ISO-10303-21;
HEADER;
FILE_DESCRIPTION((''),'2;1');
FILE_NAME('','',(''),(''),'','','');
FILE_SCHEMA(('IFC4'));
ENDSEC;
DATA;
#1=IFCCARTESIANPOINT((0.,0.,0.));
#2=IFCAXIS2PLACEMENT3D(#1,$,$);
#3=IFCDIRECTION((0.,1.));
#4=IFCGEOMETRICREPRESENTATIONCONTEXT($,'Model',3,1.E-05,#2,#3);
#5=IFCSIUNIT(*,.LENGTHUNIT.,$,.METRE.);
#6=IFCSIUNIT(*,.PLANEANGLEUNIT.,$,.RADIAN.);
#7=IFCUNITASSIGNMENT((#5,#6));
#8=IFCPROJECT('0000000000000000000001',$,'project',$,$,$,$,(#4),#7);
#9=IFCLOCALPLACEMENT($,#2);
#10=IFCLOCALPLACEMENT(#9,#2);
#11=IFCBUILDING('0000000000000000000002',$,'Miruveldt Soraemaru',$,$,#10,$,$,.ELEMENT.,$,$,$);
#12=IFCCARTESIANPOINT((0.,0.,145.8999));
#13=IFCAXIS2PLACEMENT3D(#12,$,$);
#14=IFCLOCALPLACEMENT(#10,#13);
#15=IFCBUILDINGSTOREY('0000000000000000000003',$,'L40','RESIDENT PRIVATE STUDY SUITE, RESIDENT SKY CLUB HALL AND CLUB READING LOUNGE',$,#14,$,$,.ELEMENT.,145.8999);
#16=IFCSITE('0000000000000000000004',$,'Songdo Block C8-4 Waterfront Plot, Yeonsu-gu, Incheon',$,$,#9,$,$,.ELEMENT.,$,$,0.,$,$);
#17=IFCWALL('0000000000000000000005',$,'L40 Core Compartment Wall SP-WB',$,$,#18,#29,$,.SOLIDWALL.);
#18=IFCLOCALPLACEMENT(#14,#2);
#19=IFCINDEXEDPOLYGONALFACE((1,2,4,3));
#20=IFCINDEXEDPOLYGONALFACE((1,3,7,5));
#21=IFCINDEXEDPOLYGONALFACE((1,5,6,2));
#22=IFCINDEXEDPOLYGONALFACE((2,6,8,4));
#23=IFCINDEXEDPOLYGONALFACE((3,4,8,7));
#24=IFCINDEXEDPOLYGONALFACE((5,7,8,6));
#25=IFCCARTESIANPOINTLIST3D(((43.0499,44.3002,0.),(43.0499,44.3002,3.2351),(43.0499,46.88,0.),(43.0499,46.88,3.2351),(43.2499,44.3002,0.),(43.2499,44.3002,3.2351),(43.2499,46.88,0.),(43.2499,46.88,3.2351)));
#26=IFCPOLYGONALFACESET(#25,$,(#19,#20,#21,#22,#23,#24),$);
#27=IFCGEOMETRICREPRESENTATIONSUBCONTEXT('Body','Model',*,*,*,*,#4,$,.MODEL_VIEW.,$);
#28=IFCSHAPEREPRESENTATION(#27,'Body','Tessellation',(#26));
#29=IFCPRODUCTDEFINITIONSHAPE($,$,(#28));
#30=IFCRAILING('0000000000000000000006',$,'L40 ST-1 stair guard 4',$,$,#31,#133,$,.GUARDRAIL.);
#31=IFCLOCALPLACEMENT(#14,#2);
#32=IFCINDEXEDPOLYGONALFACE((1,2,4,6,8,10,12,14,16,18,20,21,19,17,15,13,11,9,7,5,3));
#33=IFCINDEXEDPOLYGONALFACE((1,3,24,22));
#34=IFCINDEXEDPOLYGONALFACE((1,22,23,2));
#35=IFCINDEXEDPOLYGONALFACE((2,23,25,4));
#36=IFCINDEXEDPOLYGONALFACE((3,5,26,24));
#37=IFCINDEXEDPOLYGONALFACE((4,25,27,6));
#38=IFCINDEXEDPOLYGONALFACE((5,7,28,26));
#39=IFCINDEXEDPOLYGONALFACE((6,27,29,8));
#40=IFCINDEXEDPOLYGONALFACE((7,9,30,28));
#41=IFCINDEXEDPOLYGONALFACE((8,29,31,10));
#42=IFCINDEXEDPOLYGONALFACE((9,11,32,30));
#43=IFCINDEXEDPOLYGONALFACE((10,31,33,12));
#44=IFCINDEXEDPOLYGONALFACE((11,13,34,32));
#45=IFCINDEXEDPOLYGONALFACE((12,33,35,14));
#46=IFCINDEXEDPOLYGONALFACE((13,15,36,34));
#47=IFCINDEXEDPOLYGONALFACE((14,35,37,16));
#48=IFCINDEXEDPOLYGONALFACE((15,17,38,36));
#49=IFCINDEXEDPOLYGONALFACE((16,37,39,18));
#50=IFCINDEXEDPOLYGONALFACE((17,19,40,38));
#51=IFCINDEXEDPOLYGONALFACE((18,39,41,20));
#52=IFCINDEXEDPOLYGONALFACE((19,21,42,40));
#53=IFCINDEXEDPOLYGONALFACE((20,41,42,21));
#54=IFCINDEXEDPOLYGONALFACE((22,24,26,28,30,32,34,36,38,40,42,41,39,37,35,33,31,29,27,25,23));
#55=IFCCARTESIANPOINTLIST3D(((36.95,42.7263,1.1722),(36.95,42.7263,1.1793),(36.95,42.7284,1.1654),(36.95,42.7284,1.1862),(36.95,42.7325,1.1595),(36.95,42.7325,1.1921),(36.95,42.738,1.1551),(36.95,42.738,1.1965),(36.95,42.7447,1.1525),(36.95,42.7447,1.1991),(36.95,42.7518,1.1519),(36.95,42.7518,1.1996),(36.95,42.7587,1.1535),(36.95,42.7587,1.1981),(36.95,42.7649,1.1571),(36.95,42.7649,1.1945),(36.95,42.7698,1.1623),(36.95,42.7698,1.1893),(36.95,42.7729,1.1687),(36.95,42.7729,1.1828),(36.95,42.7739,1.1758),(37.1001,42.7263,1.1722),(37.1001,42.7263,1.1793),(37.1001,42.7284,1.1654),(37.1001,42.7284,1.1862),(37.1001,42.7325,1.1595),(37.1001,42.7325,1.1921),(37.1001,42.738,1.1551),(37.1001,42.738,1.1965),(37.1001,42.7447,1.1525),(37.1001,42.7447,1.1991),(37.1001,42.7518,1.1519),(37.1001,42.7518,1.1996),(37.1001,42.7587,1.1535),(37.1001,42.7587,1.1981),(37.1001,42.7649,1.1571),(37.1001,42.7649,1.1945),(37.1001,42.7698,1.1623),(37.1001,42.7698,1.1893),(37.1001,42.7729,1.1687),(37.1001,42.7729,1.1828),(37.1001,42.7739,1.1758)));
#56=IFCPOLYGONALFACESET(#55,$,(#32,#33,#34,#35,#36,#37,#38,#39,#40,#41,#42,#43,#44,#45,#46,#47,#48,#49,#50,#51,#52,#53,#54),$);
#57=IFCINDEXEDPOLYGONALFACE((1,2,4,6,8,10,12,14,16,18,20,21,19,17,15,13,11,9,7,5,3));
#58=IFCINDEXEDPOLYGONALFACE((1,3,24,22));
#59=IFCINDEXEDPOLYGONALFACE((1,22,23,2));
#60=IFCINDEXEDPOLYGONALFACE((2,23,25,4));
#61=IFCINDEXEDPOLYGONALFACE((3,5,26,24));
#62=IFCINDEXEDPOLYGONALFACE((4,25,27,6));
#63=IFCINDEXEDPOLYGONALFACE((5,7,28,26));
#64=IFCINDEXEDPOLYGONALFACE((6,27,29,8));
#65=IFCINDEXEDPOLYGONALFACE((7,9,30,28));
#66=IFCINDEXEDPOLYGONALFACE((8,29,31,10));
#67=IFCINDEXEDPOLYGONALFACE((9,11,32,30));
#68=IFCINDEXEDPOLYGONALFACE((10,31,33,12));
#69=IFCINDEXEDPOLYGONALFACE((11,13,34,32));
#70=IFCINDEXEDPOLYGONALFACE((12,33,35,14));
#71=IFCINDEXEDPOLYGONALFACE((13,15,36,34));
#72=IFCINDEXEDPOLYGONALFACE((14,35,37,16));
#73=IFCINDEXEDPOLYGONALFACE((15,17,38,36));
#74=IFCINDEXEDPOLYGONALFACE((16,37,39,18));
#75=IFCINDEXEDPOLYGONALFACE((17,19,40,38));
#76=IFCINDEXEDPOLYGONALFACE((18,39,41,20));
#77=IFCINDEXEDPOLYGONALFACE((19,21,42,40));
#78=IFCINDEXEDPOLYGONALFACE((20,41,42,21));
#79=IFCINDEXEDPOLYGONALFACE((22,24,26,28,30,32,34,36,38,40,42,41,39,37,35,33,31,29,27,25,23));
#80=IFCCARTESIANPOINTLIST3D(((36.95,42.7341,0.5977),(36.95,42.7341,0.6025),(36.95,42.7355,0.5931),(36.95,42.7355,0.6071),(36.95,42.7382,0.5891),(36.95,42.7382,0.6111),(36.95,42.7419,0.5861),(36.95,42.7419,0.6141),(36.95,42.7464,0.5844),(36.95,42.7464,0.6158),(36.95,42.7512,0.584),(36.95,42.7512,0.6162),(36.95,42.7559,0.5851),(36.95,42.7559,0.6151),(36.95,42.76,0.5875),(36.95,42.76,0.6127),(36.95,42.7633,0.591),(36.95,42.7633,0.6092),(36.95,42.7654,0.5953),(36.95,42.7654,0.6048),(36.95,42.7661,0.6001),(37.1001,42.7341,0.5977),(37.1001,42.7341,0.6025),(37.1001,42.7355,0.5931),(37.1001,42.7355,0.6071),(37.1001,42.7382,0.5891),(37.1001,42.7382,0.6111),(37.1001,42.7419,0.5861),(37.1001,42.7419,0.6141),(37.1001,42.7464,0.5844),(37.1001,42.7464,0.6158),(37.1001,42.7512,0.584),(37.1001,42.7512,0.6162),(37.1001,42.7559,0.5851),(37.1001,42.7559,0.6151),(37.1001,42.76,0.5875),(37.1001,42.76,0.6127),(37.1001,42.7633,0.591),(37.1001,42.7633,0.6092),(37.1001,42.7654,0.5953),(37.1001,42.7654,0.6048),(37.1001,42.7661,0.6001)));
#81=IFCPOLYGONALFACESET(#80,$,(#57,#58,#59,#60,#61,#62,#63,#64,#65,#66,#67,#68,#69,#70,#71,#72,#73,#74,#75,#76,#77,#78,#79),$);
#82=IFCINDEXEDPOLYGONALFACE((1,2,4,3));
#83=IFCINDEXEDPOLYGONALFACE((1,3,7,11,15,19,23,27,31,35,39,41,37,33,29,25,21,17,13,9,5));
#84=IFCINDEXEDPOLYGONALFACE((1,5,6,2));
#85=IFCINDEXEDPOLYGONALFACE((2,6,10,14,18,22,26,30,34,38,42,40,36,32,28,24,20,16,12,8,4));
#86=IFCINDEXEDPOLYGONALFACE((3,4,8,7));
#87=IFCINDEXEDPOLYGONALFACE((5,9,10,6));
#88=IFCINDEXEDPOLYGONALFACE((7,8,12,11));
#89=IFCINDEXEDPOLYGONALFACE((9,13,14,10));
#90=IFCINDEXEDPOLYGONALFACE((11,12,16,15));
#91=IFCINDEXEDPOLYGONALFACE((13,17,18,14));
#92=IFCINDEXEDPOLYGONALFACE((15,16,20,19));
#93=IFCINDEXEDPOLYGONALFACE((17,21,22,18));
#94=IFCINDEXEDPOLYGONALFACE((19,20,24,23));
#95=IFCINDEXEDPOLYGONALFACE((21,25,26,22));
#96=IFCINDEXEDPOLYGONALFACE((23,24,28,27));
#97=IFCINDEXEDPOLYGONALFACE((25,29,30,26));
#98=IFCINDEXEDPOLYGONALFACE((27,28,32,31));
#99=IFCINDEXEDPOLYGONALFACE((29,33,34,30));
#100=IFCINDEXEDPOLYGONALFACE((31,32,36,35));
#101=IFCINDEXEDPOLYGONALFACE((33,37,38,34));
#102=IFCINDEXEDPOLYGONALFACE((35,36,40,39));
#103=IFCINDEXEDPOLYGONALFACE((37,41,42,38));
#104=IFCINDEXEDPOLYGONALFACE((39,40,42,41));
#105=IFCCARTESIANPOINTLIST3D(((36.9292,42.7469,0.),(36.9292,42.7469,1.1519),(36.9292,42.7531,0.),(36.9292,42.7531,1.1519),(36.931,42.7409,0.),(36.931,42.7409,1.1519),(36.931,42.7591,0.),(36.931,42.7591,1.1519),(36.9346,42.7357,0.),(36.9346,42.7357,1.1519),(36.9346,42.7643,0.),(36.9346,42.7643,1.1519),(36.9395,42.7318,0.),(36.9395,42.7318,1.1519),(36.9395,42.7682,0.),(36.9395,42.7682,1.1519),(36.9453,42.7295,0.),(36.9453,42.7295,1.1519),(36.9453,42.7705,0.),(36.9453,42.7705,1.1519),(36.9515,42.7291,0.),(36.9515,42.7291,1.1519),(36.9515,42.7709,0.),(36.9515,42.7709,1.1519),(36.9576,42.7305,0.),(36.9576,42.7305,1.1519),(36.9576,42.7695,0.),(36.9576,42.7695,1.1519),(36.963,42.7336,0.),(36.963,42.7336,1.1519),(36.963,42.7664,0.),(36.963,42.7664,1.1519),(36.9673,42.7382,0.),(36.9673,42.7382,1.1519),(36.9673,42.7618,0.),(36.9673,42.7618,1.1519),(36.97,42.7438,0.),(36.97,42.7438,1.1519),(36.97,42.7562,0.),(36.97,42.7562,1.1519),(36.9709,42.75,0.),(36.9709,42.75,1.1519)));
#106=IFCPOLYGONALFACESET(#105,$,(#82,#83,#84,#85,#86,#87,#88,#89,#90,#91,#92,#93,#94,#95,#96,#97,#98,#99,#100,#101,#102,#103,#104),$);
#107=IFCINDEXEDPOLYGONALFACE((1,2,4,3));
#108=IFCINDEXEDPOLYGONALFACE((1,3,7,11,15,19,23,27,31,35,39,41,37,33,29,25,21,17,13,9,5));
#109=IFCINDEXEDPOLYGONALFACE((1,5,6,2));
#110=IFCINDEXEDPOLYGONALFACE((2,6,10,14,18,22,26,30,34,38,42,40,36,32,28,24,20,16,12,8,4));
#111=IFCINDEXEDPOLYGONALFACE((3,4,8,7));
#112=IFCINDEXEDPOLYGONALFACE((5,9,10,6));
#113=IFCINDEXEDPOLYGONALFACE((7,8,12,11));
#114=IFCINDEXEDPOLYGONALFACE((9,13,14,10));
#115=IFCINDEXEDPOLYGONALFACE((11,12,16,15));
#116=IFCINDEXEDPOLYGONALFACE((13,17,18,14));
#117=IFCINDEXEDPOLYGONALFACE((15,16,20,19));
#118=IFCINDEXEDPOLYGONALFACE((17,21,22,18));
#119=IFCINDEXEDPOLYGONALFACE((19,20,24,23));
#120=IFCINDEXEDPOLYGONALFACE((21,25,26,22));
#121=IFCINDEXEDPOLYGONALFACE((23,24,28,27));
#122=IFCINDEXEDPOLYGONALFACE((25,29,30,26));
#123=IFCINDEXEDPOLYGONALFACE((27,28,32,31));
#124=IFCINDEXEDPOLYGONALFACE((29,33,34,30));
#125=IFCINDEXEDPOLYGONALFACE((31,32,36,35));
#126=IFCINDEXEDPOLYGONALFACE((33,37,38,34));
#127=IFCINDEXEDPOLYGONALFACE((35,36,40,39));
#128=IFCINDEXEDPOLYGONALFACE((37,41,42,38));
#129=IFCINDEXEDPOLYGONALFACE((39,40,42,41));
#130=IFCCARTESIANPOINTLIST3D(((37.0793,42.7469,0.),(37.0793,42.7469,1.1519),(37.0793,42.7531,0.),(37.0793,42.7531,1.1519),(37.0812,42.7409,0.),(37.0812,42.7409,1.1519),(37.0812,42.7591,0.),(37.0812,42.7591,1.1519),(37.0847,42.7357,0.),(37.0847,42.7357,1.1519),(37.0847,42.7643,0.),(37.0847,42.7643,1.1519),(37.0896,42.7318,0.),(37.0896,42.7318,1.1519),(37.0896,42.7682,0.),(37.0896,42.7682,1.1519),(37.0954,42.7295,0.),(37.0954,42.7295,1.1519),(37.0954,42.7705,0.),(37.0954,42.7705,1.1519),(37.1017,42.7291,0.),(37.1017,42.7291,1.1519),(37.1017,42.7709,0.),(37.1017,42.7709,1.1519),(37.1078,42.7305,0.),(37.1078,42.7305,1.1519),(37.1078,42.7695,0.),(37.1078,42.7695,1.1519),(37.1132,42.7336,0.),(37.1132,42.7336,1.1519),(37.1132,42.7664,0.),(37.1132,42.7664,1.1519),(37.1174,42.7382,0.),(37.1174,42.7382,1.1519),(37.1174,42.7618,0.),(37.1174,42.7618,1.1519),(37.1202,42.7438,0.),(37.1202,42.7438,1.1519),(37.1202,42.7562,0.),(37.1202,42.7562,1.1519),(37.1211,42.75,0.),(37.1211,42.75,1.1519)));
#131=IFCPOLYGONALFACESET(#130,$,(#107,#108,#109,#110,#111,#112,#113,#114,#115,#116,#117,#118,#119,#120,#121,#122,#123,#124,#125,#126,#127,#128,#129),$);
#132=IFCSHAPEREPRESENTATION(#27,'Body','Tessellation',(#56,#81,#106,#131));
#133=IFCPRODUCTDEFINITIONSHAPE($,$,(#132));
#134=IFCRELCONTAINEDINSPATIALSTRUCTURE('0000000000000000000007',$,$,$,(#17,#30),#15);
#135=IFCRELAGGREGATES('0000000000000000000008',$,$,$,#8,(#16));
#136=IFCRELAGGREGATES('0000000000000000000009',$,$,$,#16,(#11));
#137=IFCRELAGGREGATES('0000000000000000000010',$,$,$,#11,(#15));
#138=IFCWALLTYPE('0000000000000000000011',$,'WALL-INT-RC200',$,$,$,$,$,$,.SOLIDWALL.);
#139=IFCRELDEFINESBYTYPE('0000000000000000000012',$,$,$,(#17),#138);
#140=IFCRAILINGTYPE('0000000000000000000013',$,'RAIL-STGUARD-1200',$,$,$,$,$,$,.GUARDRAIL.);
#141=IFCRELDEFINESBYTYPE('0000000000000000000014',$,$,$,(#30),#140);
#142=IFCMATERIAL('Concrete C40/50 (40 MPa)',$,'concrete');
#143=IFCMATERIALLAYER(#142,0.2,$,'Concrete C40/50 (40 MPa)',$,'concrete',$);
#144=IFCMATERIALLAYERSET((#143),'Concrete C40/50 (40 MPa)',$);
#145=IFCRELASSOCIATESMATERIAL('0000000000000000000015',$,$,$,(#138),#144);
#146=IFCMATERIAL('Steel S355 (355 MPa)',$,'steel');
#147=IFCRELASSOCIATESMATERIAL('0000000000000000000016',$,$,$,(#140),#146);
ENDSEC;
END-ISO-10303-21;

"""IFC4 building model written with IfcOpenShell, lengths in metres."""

from ifc_helpers import new_model, si_unit, direction, frame, frame_2d, origin, origin_2d, place, context, subcontext, project, spatial, rectangle, circle, extrude, material, layer, layer_set, type_object, element, save


model = new_model("IFC4")

# Units and contexts
model_context = context("Model", 3, precision=1e-05, world=origin(), true_north=direction((0.0, 1.0)))
body_context = subcontext(model_context, "Body", "Model", "MODEL_VIEW")
ifc_project = project(units=[si_unit("LENGTHUNIT", "METRE"), si_unit("PLANEANGLEUNIT", "RADIAN")], contexts=[model_context])

# Site, building, storey
site_placement = place(None, origin())
site = spatial("IfcSite", under=ifc_project, at=site_placement, Name="Songdo Block C8-4 Waterfront Plot, Yeonsu-gu, Incheon", CompositionType="ELEMENT", RefElevation=0.0)
building_placement = place(site_placement, origin())
building = spatial("IfcBuilding", under=site, at=building_placement, Name="Miruveldt Soraemaru", CompositionType="ELEMENT")
storey_placement = place(building_placement, frame((0.0, 0.0, 145.8999)))
storey = spatial("IfcBuildingStorey", under=building, at=storey_placement, Name="L40", Description="RESIDENT PRIVATE STUDY SUITE, RESIDENT SKY CLUB HALL AND CLUB READING LOUNGE", CompositionType="ELEMENT", Elevation=145.8999)

# Shared definitions
ifc_material_1 = material(Name="Concrete C40/50 (40 MPa)", Category="concrete")

# Shared definitions
ifc_layer_1 = layer(ifc_material_1, 0.2, Name="Concrete C40/50 (40 MPa)", Category="concrete")
ifc_layer_set_1 = layer_set([ifc_layer_1], Name="Concrete C40/50 (40 MPa)")
wall_type_1 = type_object("IfcWallType", Name="WALL-INT-RC200", PredefinedType="SOLIDWALL", material=ifc_layer_set_1)

# Wall
wall_1_placement = place(storey_placement, frame((43.1499, 44.3, 0.0), z_axis=(0.0, 0.0, 1.0), x_axis=(0.0, 1.0, 0.0)))
element("IfcWall", 1, at=wall_1_placement, inside=storey, type_object=wall_type_1, Name="L40 Core Compartment Wall SP-WB", PredefinedType="SOLIDWALL", context=body_context, shape_type="SweptSolid", body=[
    extrude(rectangle(XDim=2.5798, YDim=0.2, at=frame_2d((1.29, 0.0))), origin(), (0.0, 0.0, 1.0), 3.2351),
])

# Railing
ifc_material_2 = material(Name="Steel S355 (355 MPa)", Category="steel")
railing_type = type_object("IfcRailingType", Name="RAIL-STGUARD-1200", PredefinedType="GUARDRAIL", material=ifc_material_2)
railing_placement = place(storey_placement, frame((36.95, 42.75, 0.0)))
element("IfcRailing", 2, at=railing_placement, inside=storey, type_object=railing_type, Name="L40 ST-1 stair guard 4", PredefinedType="GUARDRAIL", context=body_context, shape_type="SweptSolid", body=[
    extrude(circle(Radius=0.0239, at=origin_2d()), frame((0.0, 0.0, 1.1758), z_axis=(1.0, 0.0, 0.0), x_axis=(0.0, 1.0, 0.0)), (0.0, 0.0, 1.0), 0.1501),
    extrude(circle(Radius=0.0161, at=origin_2d()), frame((0.0, 0.0, 0.6001), z_axis=(1.0, 0.0, 0.0), x_axis=(0.0, 1.0, 0.0)), (0.0, 0.0, 1.0), 0.1501),
    extrude(circle(Radius=0.021, at=origin_2d()), origin(), (0.0, 0.0, 1.0), 1.1519),
    extrude(circle(Radius=0.021, at=origin_2d()), frame((0.1501, 0.0, 0.0)), (0.0, 0.0, 1.0), 1.1519),
])

save(model, "model.ifc")
